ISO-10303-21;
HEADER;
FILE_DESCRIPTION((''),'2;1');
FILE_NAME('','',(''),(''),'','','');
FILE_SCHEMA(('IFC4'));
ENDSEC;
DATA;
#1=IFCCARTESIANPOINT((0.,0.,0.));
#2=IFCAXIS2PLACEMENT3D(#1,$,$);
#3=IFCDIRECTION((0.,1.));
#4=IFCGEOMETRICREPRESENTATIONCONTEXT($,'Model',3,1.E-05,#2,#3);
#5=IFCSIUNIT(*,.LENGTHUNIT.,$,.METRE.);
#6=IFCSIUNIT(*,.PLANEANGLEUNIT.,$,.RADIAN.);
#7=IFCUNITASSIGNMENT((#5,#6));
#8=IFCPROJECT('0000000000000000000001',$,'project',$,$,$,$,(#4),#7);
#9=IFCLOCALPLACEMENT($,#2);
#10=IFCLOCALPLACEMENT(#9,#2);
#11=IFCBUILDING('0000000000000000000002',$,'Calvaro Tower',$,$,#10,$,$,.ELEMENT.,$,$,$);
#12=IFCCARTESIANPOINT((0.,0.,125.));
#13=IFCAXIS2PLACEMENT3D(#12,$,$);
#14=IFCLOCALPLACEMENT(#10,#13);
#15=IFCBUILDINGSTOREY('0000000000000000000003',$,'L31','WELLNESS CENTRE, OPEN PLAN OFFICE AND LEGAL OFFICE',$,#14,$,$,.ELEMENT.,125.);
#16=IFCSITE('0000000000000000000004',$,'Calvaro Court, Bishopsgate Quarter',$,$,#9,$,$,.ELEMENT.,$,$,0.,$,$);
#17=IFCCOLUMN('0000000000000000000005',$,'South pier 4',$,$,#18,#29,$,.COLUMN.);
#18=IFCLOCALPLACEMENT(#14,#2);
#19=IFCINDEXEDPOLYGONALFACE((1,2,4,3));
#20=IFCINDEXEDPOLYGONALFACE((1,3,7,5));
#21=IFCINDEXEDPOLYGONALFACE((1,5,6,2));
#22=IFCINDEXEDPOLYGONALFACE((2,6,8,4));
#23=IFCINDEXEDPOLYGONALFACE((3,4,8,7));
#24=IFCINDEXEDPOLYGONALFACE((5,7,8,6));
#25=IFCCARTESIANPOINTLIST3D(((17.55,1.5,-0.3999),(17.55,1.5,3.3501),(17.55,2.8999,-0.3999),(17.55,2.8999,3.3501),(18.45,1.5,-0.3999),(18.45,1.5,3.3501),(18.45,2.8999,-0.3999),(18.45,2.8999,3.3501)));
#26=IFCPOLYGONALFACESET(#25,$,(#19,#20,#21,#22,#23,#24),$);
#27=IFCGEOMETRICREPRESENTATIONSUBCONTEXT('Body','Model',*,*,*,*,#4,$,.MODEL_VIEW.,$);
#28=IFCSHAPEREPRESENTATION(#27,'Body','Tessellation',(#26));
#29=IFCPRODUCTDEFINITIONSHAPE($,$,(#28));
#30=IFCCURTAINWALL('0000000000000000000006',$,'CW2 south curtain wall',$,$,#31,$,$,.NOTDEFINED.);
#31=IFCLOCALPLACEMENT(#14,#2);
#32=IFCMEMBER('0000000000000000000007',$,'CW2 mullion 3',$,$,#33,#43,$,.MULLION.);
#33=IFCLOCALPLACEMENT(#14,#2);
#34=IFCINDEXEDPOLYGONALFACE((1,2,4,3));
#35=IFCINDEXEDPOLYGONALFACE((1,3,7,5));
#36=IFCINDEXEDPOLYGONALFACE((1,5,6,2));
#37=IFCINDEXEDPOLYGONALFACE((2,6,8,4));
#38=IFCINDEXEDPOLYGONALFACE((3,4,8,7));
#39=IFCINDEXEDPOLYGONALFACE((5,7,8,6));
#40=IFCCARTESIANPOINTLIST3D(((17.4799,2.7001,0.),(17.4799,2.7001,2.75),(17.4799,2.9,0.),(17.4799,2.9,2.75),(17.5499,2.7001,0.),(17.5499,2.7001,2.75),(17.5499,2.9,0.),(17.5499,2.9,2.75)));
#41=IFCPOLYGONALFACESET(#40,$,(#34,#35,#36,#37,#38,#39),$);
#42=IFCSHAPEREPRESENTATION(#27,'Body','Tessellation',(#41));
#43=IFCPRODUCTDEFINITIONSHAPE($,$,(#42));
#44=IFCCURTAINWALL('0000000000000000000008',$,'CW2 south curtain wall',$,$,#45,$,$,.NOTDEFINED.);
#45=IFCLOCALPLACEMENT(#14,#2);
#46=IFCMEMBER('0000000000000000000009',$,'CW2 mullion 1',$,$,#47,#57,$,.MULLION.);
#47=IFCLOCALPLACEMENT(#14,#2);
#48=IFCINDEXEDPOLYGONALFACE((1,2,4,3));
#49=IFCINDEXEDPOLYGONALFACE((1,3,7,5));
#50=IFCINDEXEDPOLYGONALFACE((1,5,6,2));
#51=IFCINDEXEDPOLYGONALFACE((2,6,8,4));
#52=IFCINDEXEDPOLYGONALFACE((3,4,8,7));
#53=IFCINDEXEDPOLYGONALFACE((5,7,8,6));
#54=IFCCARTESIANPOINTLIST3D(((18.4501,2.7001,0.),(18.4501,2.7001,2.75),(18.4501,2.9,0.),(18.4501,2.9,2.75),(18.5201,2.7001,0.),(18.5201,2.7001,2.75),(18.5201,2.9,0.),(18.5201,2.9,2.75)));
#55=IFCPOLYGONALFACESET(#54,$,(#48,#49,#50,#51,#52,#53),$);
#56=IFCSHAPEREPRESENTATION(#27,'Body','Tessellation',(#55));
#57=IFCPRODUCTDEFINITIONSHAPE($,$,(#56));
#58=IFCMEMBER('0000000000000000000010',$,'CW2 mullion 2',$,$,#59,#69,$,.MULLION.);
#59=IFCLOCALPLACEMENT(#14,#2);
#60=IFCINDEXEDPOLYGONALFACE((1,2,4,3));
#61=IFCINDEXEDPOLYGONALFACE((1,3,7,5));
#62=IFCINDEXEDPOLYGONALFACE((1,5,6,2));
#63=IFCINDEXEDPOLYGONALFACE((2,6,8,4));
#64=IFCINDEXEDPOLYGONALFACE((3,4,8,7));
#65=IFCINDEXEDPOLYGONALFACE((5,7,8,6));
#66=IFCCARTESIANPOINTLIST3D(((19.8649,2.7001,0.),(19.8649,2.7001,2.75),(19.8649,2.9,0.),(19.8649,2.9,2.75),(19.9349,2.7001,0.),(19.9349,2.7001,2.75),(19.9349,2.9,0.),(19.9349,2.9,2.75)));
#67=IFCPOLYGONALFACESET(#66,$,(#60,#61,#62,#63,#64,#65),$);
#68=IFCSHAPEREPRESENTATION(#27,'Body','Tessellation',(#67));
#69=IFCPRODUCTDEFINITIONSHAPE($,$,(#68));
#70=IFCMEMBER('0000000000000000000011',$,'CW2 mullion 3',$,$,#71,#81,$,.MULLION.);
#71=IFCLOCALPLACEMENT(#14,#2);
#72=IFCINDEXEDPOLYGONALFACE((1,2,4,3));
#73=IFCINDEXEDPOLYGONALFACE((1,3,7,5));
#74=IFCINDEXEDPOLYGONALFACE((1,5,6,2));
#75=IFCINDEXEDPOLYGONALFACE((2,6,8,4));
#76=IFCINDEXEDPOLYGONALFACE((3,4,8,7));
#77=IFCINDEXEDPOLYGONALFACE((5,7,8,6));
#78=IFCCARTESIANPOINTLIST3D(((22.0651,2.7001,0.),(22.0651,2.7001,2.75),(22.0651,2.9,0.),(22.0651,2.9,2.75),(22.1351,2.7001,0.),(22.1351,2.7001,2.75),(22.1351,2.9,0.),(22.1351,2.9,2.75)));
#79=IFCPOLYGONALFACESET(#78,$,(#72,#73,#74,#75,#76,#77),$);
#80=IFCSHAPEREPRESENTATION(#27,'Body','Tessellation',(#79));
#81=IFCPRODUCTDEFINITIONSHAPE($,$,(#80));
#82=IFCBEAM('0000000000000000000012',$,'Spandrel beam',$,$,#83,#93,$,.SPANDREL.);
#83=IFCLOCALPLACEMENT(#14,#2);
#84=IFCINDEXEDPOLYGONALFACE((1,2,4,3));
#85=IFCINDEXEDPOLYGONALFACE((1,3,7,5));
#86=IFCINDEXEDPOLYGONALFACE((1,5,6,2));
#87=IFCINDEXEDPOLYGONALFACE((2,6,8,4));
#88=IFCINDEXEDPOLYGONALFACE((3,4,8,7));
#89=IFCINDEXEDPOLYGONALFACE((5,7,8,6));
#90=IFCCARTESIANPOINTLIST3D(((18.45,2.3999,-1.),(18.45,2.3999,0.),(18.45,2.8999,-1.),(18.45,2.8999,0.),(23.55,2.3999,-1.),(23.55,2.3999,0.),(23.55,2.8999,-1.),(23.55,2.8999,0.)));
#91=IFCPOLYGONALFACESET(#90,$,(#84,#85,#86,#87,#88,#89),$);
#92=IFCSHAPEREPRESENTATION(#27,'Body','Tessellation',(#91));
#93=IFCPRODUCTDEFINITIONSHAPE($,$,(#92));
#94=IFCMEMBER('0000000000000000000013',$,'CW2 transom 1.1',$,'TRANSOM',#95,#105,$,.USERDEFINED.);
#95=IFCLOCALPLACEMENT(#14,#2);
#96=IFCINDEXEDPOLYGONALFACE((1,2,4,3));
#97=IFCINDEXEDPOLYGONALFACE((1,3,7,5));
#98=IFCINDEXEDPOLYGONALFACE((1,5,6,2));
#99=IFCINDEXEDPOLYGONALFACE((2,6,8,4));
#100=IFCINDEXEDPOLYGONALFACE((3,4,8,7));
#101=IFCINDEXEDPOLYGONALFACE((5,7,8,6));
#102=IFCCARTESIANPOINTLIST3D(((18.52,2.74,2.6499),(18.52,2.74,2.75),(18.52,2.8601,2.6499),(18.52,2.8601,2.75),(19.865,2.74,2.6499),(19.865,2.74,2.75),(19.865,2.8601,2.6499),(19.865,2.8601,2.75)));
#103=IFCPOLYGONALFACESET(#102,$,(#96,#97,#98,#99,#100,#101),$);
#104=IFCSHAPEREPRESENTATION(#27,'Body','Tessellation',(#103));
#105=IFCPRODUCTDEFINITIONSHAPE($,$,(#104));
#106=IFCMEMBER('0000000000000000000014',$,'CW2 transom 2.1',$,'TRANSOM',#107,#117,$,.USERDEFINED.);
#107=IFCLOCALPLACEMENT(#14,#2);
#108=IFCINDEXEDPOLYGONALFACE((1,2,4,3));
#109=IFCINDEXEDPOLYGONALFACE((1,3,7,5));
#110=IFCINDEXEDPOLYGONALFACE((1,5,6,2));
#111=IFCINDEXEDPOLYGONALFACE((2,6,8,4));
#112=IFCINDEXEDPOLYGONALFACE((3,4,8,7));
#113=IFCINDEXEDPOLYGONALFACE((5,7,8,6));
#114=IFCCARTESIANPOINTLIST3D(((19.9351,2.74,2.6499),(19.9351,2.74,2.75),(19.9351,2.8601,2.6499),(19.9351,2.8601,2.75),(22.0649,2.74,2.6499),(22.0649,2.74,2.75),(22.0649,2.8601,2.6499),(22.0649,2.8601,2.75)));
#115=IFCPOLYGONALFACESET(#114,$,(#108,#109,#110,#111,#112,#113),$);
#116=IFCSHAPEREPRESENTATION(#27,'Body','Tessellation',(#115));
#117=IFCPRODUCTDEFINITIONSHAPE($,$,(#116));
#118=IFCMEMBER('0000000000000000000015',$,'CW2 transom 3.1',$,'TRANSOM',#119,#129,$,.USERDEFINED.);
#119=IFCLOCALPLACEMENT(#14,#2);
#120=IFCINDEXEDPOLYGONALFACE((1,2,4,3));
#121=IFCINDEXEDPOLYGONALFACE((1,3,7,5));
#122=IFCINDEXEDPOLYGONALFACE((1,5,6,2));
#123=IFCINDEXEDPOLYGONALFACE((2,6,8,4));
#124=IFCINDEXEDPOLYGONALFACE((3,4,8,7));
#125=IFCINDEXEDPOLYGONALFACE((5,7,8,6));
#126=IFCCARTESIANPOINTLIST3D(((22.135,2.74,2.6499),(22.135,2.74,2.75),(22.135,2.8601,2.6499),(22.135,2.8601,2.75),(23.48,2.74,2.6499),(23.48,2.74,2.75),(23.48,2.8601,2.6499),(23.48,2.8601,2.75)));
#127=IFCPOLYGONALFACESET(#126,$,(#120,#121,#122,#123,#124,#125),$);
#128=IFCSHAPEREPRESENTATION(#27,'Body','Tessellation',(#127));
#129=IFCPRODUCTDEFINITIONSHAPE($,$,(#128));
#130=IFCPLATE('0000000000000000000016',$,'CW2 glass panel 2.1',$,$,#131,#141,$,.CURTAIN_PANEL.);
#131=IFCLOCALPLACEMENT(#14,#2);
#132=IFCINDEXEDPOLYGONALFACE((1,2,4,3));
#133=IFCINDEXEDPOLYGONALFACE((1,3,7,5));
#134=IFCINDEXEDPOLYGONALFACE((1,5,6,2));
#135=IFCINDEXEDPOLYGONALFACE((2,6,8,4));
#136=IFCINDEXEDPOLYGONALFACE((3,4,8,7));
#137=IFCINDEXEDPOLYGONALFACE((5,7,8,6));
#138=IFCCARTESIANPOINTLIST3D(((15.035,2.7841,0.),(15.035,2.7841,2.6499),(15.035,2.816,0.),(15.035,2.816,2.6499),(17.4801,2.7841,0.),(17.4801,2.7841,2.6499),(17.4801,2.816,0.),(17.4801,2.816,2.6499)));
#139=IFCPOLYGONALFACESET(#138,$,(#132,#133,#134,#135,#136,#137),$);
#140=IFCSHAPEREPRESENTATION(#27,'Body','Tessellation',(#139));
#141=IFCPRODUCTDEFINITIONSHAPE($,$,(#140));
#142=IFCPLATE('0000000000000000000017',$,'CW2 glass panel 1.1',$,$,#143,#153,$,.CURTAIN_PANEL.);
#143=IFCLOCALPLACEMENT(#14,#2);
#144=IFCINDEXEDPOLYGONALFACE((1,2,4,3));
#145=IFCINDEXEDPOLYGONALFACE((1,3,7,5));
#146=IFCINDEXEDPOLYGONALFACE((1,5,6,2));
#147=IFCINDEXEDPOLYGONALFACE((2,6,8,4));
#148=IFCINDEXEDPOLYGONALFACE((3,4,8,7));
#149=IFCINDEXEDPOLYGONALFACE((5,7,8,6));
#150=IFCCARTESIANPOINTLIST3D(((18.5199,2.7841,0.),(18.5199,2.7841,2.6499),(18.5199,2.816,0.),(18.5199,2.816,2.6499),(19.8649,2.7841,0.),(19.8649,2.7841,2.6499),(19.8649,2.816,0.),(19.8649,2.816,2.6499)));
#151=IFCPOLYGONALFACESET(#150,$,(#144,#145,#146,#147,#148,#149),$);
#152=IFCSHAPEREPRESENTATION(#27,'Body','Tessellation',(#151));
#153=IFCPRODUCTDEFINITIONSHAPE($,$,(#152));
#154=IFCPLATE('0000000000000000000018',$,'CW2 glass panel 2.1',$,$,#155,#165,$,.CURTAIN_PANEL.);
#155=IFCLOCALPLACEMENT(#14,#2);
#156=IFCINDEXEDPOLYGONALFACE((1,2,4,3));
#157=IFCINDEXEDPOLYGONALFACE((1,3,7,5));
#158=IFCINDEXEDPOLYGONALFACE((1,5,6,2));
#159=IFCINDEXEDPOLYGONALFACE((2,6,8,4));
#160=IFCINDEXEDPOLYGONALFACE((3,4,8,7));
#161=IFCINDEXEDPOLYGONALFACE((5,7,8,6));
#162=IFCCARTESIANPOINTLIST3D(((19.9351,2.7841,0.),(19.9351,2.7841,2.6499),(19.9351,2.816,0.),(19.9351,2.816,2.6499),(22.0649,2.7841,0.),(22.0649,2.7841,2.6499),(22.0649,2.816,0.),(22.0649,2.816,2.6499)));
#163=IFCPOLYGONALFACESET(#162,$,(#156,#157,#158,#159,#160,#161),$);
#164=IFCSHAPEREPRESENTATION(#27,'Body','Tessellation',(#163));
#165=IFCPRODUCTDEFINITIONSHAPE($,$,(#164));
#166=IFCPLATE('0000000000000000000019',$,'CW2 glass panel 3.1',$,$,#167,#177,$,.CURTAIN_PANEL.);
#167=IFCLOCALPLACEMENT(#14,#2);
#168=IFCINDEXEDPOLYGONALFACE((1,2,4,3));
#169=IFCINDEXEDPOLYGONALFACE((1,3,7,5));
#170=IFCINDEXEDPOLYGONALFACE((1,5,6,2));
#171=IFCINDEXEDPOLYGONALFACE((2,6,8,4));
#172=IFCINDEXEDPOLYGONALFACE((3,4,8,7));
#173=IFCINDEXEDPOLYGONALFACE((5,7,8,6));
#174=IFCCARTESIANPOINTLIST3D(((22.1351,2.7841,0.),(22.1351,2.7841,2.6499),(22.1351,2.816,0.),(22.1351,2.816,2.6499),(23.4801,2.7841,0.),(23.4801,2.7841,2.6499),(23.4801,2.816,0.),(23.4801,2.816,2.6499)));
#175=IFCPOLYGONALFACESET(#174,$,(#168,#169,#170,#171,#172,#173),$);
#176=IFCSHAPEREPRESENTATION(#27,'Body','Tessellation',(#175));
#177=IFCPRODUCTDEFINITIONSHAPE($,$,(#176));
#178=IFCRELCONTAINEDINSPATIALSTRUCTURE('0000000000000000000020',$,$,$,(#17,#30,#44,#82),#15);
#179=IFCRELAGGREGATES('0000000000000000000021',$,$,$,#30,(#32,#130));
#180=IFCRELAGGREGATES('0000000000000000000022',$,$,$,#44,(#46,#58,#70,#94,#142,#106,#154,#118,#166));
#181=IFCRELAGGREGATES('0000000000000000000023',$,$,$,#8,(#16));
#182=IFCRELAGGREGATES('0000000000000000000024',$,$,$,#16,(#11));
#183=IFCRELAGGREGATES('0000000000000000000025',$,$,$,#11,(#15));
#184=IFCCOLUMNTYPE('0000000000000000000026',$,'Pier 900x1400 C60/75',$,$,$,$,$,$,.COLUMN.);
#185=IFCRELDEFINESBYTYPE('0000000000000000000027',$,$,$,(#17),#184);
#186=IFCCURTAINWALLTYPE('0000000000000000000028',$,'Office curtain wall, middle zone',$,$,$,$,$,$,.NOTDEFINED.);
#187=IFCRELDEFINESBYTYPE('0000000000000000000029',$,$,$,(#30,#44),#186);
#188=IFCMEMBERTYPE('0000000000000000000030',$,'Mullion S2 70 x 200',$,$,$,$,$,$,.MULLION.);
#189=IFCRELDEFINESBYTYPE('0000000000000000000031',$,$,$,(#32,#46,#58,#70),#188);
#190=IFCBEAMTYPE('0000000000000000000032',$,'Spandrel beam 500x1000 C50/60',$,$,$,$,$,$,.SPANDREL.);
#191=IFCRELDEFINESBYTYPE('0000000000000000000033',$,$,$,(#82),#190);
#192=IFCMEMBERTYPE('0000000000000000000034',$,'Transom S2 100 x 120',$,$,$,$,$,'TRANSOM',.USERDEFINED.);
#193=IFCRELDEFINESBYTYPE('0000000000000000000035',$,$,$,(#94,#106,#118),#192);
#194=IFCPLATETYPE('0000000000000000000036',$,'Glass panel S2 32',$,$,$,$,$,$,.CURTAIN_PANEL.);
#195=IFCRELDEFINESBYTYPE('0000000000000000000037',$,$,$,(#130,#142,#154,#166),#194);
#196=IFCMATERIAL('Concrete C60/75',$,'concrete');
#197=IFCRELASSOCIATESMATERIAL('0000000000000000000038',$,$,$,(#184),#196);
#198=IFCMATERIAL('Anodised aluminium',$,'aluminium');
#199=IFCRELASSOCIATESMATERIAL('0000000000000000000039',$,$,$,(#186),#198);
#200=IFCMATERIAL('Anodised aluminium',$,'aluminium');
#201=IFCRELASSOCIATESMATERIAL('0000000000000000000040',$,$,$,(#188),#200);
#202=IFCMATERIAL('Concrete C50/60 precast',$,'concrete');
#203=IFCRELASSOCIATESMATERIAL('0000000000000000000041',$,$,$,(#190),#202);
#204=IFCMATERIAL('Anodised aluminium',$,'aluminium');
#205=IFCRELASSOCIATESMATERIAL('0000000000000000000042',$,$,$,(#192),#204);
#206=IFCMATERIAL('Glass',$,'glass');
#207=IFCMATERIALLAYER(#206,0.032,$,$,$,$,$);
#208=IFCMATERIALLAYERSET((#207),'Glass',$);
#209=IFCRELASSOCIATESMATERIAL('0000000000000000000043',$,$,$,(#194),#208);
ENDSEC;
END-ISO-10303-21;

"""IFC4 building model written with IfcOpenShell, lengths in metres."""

from ifc_helpers import new_model, si_unit, direction, frame, origin, origin_2d, place, context, subcontext, project, spatial, rectangle, extrude, material, layer, layer_set, material_profile, profile_set, type_object, element, aggregate, save


model = new_model("IFC4")

# Units and contexts
model_context = context("Model", 3, precision=1e-05, world=origin(), true_north=direction((0.0, 1.0)))
body_context = subcontext(model_context, "Body", "Model", "MODEL_VIEW")
ifc_project = project(units=[si_unit("LENGTHUNIT", "METRE"), si_unit("PLANEANGLEUNIT", "RADIAN")], contexts=[model_context])

# Site, building, storey
site_placement = place(None, origin())
site = spatial("IfcSite", under=ifc_project, at=site_placement, Name="Calvaro Court, Bishopsgate Quarter", CompositionType="ELEMENT", RefElevation=0.0)
building_placement = place(site_placement, origin())
building = spatial("IfcBuilding", under=site, at=building_placement, Name="Calvaro Tower", CompositionType="ELEMENT")
storey_placement = place(building_placement, frame((0.0, 0.0, 125.0)))
storey = spatial("IfcBuildingStorey", under=building, at=storey_placement, Name="L31", Description="WELLNESS CENTRE, OPEN PLAN OFFICE AND LEGAL OFFICE", CompositionType="ELEMENT", Elevation=125.0)

# Column
ifc_material_1 = material(Name="Concrete C60/75", Category="concrete")
ifc_material_profile_1 = material_profile(ifc_material_1, rectangle(XDim=0.8999, YDim=1.3999, at=origin_2d()), Name="RC 900x1400")
ifc_profile_set_1 = profile_set([ifc_material_profile_1], Name="Concrete C60/75")
column_type = type_object("IfcColumnType", Name="Pier 900x1400 C60/75", PredefinedType="COLUMN", material=ifc_profile_set_1)
column_placement = place(storey_placement, frame((18.0, 2.2, -0.3999), z_axis=(0.0, 0.0, 1.0), x_axis=(1.0, 0.0, 0.0)))
element("IfcColumn", 1, at=column_placement, inside=storey, type_object=column_type, Name="South pier 4", PredefinedType="COLUMN", context=body_context, shape_type="SweptSolid", body=[
    extrude(rectangle(XDim=0.8999, YDim=1.3999, at=origin_2d()), origin(), (0.0, 0.0, 1.0), 3.75),
])

# Curtain wall, member
ifc_material_2 = material(Name="Anodised aluminium", Category="aluminium")
curtain_wall_type = type_object("IfcCurtainWallType", Name="Office curtain wall, middle zone", PredefinedType="NOTDEFINED", material=ifc_material_2)
curtain_wall_1_placement = place(storey_placement, origin())
curtain_wall_1 = element("IfcCurtainWall", 2, at=curtain_wall_1_placement, inside=storey, type_object=curtain_wall_type, Name="CW2 south curtain wall", PredefinedType="NOTDEFINED")
ifc_material_3 = material(Name="Anodised aluminium", Category="aluminium")
ifc_material_profile_2 = material_profile(ifc_material_3, rectangle(XDim=0.2, YDim=0.0701, at=origin_2d()), Name="Mullion S2 70 x 200")
ifc_profile_set_2 = profile_set([ifc_material_profile_2], Name="Anodised aluminium")
member_type_1 = type_object("IfcMemberType", Name="Mullion S2 70 x 200", PredefinedType="MULLION", material=ifc_profile_set_2)
member_1_placement = place(storey_placement, frame((17.5149, 2.8, 0.0), z_axis=(0.0, 0.0, 1.0), x_axis=(0.0, 1.0, 0.0)))
member_1 = element("IfcMember", 3, at=member_1_placement, type_object=member_type_1, Name="CW2 mullion 3", PredefinedType="MULLION", context=body_context, shape_type="SweptSolid", body=[
    extrude(rectangle(XDim=0.2, YDim=0.0701, at=origin_2d()), origin(), (0.0, 0.0, 1.0), 2.75),
])

# Curtain wall, members
curtain_wall_2_placement = place(storey_placement, origin())
curtain_wall_2 = element("IfcCurtainWall", 4, at=curtain_wall_2_placement, inside=storey, type_object=curtain_wall_type, Name="CW2 south curtain wall", PredefinedType="NOTDEFINED")
member_2_placement = place(storey_placement, frame((18.4851, 2.8, 0.0), z_axis=(0.0, 0.0, 1.0), x_axis=(0.0, 1.0, 0.0)))
member_2 = element("IfcMember", 5, at=member_2_placement, type_object=member_type_1, Name="CW2 mullion 1", PredefinedType="MULLION", context=body_context, shape_type="SweptSolid", body=[
    extrude(rectangle(XDim=0.2, YDim=0.0701, at=origin_2d()), origin(), (0.0, 0.0, 1.0), 2.75),
])
member_3_placement = place(storey_placement, frame((19.8999, 2.8, 0.0), z_axis=(0.0, 0.0, 1.0), x_axis=(0.0, 1.0, 0.0)))
member_3 = element("IfcMember", 6, at=member_3_placement, type_object=member_type_1, Name="CW2 mullion 2", PredefinedType="MULLION", context=body_context, shape_type="SweptSolid", body=[
    extrude(rectangle(XDim=0.2, YDim=0.0701, at=origin_2d()), origin(), (0.0, 0.0, 1.0), 2.75),
])
member_4_placement = place(storey_placement, frame((22.1001, 2.8, 0.0), z_axis=(0.0, 0.0, 1.0), x_axis=(0.0, 1.0, 0.0)))
member_4 = element("IfcMember", 7, at=member_4_placement, type_object=member_type_1, Name="CW2 mullion 3", PredefinedType="MULLION", context=body_context, shape_type="SweptSolid", body=[
    extrude(rectangle(XDim=0.2, YDim=0.0701, at=origin_2d()), origin(), (0.0, 0.0, 1.0), 2.75),
])

# Beam
ifc_material_4 = material(Name="Concrete C50/60 precast", Category="concrete")
ifc_material_profile_3 = material_profile(ifc_material_4, rectangle(XDim=0.5, YDim=1.0, at=origin_2d()), Name="RC 500x1000")
ifc_profile_set_3 = profile_set([ifc_material_profile_3], Name="Concrete C50/60 precast")
beam_type = type_object("IfcBeamType", Name="Spandrel beam 500x1000 C50/60", PredefinedType="SPANDREL", material=ifc_profile_set_3)
beam_placement = place(storey_placement, frame((18.45, 2.6499, -0.5), z_axis=(1.0, 0.0, 0.0), x_axis=(0.0, 1.0, 0.0)))
element("IfcBeam", 8, at=beam_placement, inside=storey, type_object=beam_type, Name="Spandrel beam", PredefinedType="SPANDREL", context=body_context, shape_type="SweptSolid", body=[
    extrude(rectangle(XDim=0.5, YDim=1.0, at=origin_2d()), origin(), (0.0, 0.0, 1.0), 5.1001),
])

# Members
ifc_material_5 = material(Name="Anodised aluminium", Category="aluminium")
ifc_material_profile_4 = material_profile(ifc_material_5, rectangle(XDim=0.1201, YDim=0.1001, at=origin_2d()), Name="Transom S2 100 x 120")
ifc_profile_set_4 = profile_set([ifc_material_profile_4], Name="Anodised aluminium")
member_type_2 = type_object("IfcMemberType", Name="Transom S2 100 x 120", ElementType="TRANSOM", PredefinedType="USERDEFINED", material=ifc_profile_set_4)
member_5_placement = place(storey_placement, frame((18.52, 2.8, 2.7), z_axis=(1.0, 0.0, 0.0), x_axis=(0.0, 1.0, 0.0)))
member_5 = element("IfcMember", 9, at=member_5_placement, type_object=member_type_2, Name="CW2 transom 1.1", ObjectType="TRANSOM", PredefinedType="USERDEFINED", context=body_context, shape_type="SweptSolid", body=[
    extrude(rectangle(XDim=0.1201, YDim=0.1001, at=origin_2d()), origin(), (0.0, 0.0, 1.0), 1.345),
])
member_6_placement = place(storey_placement, frame((19.9351, 2.8, 2.7), z_axis=(1.0, 0.0, 0.0), x_axis=(0.0, 1.0, 0.0)))
member_6 = element("IfcMember", 10, at=member_6_placement, type_object=member_type_2, Name="CW2 transom 2.1", ObjectType="TRANSOM", PredefinedType="USERDEFINED", context=body_context, shape_type="SweptSolid", body=[
    extrude(rectangle(XDim=0.1201, YDim=0.1001, at=origin_2d()), origin(), (0.0, 0.0, 1.0), 2.1299),
])
member_7_placement = place(storey_placement, frame((22.135, 2.8, 2.7), z_axis=(1.0, 0.0, 0.0), x_axis=(0.0, 1.0, 0.0)))
member_7 = element("IfcMember", 11, at=member_7_placement, type_object=member_type_2, Name="CW2 transom 3.1", ObjectType="TRANSOM", PredefinedType="USERDEFINED", context=body_context, shape_type="SweptSolid", body=[
    extrude(rectangle(XDim=0.1201, YDim=0.1001, at=origin_2d()), origin(), (0.0, 0.0, 1.0), 1.345),
])

# Plates
ifc_material_6 = material(Name="Glass", Category="glass")
ifc_layer_1 = layer(ifc_material_6, 0.032)
ifc_layer_set_1 = layer_set([ifc_layer_1], Name="Glass")
plate_type = type_object("IfcPlateType", Name="Glass panel S2 32", PredefinedType="CURTAIN_PANEL", material=ifc_layer_set_1)
plate_1_placement = place(storey_placement, frame((16.2576, 2.8, 0.0), z_axis=(0.0, 0.0, 1.0), x_axis=(1.0, 0.0, 0.0)))
plate_1 = element("IfcPlate", 12, at=plate_1_placement, type_object=plate_type, Name="CW2 glass panel 2.1", PredefinedType="CURTAIN_PANEL", context=body_context, shape_type="SweptSolid", body=[
    extrude(rectangle(XDim=2.4451, YDim=0.032, at=origin_2d()), origin(), (0.0, 0.0, 1.0), 2.6499),
])
aggregate(curtain_wall_1, [member_1, plate_1])
plate_2_placement = place(storey_placement, frame((19.1924, 2.8, 0.0), z_axis=(0.0, 0.0, 1.0), x_axis=(1.0, 0.0, 0.0)))
plate_2 = element("IfcPlate", 13, at=plate_2_placement, type_object=plate_type, Name="CW2 glass panel 1.1", PredefinedType="CURTAIN_PANEL", context=body_context, shape_type="SweptSolid", body=[
    extrude(rectangle(XDim=1.345, YDim=0.032, at=origin_2d()), origin(), (0.0, 0.0, 1.0), 2.6499),
])
plate_3_placement = place(storey_placement, frame((21.0, 2.8, 0.0), z_axis=(0.0, 0.0, 1.0), x_axis=(1.0, 0.0, 0.0)))
plate_3 = element("IfcPlate", 14, at=plate_3_placement, type_object=plate_type, Name="CW2 glass panel 2.1", PredefinedType="CURTAIN_PANEL", context=body_context, shape_type="SweptSolid", body=[
    extrude(rectangle(XDim=2.1299, YDim=0.032, at=origin_2d()), origin(), (0.0, 0.0, 1.0), 2.6499),
])
plate_4_placement = place(storey_placement, frame((22.8076, 2.8, 0.0), z_axis=(0.0, 0.0, 1.0), x_axis=(1.0, 0.0, 0.0)))
plate_4 = element("IfcPlate", 15, at=plate_4_placement, type_object=plate_type, Name="CW2 glass panel 3.1", PredefinedType="CURTAIN_PANEL", context=body_context, shape_type="SweptSolid", body=[
    extrude(rectangle(XDim=1.345, YDim=0.032, at=origin_2d()), origin(), (0.0, 0.0, 1.0), 2.6499),
])
aggregate(curtain_wall_2, [member_2, member_3, member_4, member_5, plate_2, member_6, plate_3, member_7, plate_4])

save(model, "model.ifc")
